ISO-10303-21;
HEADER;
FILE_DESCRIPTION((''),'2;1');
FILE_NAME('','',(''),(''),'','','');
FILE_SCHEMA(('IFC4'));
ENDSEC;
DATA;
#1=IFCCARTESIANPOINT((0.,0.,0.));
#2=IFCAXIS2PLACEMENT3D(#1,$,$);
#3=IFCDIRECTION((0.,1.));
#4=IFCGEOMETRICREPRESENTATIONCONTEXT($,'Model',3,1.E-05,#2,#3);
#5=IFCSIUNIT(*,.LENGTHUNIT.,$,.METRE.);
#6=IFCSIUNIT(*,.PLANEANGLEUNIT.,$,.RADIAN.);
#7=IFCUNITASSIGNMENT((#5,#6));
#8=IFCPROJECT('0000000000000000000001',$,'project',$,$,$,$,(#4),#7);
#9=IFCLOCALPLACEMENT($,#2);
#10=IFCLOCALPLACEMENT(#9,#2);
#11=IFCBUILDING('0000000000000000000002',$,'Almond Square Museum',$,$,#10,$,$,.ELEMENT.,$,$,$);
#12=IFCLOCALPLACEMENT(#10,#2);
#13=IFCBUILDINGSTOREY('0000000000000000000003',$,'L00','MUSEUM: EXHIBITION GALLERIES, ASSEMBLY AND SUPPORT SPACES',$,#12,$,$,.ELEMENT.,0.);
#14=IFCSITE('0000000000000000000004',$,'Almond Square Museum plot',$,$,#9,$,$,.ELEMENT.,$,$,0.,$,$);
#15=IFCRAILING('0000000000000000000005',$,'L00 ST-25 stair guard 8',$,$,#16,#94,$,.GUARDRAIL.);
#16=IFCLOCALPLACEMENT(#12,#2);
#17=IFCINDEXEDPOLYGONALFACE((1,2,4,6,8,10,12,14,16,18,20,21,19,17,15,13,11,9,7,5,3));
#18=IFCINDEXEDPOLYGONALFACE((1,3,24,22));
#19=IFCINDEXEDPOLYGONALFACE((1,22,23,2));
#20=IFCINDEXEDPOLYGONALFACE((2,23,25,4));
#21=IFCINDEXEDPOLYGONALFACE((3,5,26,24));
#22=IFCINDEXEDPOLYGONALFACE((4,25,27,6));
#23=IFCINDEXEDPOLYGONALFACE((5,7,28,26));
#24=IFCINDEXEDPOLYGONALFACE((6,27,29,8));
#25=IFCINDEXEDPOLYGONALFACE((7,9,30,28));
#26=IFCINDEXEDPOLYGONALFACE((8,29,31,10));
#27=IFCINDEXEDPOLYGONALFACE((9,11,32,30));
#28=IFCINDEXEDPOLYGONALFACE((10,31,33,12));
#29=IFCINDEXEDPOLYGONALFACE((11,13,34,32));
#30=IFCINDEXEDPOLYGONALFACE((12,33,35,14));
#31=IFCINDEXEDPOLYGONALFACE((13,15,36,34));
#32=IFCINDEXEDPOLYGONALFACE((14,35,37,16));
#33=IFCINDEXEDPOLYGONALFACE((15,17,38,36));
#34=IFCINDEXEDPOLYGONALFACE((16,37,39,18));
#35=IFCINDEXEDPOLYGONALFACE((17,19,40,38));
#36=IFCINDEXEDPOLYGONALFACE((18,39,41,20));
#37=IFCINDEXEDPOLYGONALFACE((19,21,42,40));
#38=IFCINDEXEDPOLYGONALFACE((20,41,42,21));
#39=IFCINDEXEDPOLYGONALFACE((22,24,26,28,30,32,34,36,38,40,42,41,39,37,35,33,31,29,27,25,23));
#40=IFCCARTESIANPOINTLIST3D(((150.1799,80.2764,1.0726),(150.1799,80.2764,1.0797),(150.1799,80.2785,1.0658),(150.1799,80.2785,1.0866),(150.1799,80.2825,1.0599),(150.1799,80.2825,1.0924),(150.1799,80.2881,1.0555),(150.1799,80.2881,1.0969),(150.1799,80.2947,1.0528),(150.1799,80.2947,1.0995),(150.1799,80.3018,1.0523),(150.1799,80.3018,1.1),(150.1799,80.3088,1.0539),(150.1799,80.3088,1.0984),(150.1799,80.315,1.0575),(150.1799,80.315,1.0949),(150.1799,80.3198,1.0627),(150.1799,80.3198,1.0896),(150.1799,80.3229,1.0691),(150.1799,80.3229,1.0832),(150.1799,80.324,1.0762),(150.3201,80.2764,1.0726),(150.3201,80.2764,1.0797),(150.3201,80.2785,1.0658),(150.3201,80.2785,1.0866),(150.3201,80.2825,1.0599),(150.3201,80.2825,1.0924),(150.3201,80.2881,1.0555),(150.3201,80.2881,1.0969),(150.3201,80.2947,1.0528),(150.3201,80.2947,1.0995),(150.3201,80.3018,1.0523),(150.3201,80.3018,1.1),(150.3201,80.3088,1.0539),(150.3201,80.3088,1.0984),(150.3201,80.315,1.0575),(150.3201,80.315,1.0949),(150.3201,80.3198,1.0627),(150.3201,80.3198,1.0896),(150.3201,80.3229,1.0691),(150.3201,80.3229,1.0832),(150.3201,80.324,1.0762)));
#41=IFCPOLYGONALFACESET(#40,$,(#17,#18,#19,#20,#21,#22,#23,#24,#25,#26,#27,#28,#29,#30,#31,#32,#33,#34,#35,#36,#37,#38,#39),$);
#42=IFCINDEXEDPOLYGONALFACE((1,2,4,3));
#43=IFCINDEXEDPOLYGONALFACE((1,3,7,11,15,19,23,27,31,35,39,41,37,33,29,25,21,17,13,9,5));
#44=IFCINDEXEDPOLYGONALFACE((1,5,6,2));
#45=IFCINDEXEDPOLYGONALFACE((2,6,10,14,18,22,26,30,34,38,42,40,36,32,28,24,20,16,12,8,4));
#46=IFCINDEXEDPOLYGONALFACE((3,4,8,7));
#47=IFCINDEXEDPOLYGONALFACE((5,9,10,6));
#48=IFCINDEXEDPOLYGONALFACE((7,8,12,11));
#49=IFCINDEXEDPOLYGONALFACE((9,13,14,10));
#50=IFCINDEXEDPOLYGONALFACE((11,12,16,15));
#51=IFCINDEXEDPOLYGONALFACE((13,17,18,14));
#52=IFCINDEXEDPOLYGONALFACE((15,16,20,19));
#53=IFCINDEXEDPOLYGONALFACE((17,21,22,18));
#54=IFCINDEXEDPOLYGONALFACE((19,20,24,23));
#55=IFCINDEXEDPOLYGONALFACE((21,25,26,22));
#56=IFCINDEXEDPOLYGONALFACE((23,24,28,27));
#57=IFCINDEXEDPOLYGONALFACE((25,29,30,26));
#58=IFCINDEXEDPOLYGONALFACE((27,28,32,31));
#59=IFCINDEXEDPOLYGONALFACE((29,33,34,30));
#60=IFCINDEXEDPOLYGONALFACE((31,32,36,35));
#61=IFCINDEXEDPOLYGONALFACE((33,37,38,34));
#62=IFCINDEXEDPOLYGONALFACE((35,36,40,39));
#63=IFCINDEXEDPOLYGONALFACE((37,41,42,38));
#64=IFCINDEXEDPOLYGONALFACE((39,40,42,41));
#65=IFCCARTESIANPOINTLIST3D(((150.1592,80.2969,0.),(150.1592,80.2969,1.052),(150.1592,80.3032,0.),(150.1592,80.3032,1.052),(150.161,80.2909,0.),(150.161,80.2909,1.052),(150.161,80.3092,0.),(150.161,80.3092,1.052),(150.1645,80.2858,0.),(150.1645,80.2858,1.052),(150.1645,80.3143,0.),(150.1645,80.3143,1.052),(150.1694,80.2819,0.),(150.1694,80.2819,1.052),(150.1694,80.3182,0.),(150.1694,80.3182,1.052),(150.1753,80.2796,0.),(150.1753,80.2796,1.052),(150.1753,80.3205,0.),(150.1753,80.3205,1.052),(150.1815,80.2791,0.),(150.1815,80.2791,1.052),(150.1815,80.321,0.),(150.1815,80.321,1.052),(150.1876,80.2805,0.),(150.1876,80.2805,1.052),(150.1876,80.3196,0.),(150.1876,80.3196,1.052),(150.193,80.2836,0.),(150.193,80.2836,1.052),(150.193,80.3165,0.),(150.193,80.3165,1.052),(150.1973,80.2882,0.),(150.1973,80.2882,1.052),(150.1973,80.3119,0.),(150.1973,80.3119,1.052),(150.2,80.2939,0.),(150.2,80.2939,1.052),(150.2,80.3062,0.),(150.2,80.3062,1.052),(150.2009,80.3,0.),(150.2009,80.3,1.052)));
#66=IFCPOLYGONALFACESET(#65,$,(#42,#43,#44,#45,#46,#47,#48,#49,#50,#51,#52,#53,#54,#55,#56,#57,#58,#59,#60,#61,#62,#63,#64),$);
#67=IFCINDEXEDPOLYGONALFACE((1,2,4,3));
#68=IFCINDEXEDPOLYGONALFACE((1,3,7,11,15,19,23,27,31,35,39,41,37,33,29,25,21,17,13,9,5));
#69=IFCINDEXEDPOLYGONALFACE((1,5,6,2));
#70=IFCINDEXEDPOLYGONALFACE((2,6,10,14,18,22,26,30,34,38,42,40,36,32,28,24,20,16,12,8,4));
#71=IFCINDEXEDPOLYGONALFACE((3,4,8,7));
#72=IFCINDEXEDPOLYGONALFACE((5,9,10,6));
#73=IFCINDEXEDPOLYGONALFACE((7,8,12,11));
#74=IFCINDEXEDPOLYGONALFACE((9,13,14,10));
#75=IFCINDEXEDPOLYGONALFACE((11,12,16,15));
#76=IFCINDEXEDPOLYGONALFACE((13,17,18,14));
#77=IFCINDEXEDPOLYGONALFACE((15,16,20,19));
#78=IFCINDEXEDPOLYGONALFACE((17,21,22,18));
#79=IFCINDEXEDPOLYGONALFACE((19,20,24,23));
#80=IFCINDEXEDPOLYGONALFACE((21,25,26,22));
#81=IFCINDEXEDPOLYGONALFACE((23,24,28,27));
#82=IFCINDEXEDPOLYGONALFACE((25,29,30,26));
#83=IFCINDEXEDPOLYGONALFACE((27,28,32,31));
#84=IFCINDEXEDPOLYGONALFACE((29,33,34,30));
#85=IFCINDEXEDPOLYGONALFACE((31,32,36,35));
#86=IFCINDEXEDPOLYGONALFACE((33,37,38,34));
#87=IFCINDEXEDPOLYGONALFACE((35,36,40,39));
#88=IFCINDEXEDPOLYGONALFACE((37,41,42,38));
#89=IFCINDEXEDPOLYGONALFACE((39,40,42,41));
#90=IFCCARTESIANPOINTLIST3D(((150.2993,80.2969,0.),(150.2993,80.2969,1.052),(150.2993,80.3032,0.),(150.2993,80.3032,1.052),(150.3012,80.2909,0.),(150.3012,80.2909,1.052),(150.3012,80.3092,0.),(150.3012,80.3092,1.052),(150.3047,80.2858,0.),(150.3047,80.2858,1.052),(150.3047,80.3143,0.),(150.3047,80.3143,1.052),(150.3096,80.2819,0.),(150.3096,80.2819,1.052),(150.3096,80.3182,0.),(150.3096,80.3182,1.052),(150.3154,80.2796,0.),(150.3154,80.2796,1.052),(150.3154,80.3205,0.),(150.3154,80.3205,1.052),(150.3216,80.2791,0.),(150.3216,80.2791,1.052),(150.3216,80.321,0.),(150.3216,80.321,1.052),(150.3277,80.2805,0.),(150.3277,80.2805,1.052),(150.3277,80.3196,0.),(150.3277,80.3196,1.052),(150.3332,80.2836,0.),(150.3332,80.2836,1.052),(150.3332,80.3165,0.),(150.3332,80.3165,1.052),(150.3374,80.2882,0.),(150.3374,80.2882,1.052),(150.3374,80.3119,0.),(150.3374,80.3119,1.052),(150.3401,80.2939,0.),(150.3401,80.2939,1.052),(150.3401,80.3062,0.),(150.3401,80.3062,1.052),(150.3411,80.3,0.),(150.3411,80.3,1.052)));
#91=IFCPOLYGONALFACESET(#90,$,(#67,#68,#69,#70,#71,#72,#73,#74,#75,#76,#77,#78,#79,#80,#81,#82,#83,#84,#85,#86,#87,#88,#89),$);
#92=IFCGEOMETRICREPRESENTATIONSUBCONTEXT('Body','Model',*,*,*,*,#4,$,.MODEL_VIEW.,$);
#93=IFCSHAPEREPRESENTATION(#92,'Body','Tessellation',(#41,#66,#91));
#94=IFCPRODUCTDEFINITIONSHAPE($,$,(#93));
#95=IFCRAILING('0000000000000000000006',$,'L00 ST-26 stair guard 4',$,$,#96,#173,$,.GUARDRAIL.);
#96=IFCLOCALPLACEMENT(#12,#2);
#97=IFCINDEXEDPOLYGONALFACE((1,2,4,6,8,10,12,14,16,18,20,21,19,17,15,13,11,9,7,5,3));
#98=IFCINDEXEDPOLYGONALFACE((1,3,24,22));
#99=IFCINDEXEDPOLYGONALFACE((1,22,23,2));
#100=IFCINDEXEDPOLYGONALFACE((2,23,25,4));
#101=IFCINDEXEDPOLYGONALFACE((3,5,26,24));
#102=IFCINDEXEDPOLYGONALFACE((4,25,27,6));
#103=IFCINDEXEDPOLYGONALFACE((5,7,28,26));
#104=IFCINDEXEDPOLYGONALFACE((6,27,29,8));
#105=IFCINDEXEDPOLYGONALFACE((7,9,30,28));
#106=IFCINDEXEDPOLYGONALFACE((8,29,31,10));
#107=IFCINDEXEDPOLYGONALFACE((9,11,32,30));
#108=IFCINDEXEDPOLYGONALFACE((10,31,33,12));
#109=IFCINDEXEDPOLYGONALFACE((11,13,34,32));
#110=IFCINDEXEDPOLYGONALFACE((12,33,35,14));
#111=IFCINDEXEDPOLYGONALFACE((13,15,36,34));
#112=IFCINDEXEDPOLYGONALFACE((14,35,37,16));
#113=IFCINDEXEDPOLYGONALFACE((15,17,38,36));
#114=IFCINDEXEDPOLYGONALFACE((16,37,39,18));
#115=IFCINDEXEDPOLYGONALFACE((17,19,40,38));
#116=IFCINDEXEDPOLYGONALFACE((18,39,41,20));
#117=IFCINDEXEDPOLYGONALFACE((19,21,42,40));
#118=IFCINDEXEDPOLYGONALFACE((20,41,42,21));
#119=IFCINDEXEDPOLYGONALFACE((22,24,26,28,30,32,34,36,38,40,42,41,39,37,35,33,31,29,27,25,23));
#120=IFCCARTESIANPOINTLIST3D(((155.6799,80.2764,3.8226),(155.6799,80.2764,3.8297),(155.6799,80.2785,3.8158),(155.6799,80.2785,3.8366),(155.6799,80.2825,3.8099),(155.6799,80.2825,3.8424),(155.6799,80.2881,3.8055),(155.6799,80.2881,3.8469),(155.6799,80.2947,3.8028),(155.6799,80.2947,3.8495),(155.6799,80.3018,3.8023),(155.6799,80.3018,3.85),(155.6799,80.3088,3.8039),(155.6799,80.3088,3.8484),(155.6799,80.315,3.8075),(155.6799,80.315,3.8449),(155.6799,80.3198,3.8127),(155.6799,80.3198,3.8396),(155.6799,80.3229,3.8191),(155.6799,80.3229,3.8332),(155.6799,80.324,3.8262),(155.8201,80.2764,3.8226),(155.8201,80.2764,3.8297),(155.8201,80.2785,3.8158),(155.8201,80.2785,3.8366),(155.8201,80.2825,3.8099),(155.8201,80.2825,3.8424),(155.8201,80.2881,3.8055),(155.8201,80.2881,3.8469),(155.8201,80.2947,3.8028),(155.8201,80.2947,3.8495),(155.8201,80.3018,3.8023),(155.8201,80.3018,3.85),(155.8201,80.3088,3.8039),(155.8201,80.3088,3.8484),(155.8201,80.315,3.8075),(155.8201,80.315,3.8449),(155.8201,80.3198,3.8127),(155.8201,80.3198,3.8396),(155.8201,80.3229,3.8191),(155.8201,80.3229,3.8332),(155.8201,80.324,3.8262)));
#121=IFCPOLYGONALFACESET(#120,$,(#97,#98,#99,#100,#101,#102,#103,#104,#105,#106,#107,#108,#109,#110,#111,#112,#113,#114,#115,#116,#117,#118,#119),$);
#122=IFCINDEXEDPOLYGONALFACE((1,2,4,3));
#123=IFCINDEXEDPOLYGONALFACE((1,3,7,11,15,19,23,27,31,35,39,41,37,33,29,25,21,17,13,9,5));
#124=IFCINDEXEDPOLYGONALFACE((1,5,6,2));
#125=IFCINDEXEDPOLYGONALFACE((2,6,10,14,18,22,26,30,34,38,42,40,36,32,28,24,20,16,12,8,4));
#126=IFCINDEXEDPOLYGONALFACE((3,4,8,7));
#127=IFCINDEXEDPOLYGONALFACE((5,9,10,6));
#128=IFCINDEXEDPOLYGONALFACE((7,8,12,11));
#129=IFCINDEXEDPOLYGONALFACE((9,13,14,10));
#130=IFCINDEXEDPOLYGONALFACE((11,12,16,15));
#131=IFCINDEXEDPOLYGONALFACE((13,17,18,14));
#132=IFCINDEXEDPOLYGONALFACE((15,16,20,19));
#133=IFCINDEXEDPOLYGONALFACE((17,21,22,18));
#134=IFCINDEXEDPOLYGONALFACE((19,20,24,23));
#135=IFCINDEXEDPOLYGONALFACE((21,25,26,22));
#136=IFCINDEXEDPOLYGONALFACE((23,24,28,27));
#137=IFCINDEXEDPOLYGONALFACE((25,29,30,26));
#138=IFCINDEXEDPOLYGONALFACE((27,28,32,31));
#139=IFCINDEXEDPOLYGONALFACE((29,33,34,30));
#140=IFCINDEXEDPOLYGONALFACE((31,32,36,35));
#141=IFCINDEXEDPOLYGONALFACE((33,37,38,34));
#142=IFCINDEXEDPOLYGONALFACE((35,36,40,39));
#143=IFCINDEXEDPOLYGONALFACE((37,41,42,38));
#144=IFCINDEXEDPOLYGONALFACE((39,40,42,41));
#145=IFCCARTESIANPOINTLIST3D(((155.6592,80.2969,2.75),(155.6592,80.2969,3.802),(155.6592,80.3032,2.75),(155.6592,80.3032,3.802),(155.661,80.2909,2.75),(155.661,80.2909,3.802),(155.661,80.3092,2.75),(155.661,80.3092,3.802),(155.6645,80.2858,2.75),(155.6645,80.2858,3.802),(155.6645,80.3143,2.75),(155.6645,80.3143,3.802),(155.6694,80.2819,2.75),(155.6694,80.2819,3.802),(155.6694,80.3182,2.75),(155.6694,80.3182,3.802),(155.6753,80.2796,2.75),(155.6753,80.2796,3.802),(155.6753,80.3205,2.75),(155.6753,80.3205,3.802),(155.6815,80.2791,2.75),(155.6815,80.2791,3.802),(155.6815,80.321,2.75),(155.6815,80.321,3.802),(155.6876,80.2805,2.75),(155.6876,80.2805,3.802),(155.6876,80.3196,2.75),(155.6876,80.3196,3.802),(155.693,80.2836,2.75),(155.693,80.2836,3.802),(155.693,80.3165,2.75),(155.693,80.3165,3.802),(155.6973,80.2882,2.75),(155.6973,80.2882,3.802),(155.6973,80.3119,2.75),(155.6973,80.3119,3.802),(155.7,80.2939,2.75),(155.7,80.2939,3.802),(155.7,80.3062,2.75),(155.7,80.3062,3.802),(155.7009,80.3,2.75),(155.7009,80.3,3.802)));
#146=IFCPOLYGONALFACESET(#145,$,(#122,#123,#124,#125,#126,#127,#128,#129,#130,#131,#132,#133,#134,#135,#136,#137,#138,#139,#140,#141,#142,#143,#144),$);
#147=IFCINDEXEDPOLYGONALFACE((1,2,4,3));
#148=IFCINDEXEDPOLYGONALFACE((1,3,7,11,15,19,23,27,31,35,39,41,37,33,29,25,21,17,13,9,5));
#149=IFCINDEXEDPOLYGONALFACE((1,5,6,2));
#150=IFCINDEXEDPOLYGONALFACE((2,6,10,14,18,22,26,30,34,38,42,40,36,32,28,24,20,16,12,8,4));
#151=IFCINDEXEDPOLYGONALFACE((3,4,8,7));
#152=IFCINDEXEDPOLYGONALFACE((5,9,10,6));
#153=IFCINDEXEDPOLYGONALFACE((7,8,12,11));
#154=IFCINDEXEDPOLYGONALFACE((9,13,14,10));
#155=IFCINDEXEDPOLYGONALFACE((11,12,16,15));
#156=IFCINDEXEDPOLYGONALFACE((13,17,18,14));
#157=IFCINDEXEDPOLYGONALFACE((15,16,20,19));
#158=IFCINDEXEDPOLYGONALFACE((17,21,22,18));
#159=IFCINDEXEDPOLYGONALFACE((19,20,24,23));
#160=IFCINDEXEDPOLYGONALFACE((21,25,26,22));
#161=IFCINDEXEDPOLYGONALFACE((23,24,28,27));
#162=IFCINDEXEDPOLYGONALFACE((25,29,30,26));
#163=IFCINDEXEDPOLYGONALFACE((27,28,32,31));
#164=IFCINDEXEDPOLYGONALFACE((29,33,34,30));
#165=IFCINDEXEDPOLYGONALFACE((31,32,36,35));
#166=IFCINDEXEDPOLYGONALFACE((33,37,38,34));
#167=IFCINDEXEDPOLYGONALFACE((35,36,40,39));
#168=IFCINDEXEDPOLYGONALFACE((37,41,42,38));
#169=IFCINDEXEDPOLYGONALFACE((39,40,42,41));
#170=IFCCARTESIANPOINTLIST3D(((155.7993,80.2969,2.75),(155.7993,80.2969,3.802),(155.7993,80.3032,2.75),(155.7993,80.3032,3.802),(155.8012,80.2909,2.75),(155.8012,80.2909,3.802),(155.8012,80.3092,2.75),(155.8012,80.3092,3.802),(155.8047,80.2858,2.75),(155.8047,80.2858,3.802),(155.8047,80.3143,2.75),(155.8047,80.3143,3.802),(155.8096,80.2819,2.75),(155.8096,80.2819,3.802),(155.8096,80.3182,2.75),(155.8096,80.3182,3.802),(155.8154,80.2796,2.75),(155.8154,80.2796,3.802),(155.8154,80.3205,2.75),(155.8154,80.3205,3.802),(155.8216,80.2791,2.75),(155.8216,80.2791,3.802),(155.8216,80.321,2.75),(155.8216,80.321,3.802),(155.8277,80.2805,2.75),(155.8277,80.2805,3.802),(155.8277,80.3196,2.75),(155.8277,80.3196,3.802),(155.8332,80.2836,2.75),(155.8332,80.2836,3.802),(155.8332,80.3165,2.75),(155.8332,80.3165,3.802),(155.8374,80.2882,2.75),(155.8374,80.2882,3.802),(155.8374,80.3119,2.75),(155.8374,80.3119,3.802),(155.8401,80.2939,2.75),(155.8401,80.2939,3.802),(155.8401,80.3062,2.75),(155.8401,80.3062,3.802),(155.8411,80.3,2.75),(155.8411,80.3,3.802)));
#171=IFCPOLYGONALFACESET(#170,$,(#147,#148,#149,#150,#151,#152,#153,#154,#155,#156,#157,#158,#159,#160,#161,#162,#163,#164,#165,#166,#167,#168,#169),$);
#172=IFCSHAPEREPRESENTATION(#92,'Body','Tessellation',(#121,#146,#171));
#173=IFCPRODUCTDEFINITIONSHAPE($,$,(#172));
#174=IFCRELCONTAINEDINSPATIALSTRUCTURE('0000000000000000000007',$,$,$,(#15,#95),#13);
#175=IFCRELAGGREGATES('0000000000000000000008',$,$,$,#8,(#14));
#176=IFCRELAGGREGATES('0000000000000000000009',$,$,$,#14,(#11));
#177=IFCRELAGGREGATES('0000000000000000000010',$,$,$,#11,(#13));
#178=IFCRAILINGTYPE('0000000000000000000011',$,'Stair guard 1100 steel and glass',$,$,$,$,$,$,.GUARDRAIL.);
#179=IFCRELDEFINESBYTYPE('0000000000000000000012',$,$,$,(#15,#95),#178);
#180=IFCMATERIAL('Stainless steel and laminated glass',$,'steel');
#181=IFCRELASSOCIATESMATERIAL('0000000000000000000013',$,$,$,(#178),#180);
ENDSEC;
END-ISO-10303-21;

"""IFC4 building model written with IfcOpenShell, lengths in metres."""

from ifc_helpers import new_model, si_unit, direction, frame, origin, origin_2d, place, context, subcontext, project, spatial, circle, extrude, material, type_object, element, save


model = new_model("IFC4")

# Units and contexts
model_context = context("Model", 3, precision=1e-05, world=origin(), true_north=direction((0.0, 1.0)))
body_context = subcontext(model_context, "Body", "Model", "MODEL_VIEW")
ifc_project = project(units=[si_unit("LENGTHUNIT", "METRE"), si_unit("PLANEANGLEUNIT", "RADIAN")], contexts=[model_context])

# Site, building, storey
site_placement = place(None, origin())
site = spatial("IfcSite", under=ifc_project, at=site_placement, Name="Almond Square Museum plot", CompositionType="ELEMENT", RefElevation=0.0)
building_placement = place(site_placement, origin())
building = spatial("IfcBuilding", under=site, at=building_placement, Name="Almond Square Museum", CompositionType="ELEMENT")
storey_placement = place(building_placement, origin())
storey = spatial("IfcBuildingStorey", under=building, at=storey_placement, Name="L00", Description="MUSEUM: EXHIBITION GALLERIES, ASSEMBLY AND SUPPORT SPACES", CompositionType="ELEMENT", Elevation=0.0)

# Railings
ifc_material_1 = material(Name="Stainless steel and laminated glass", Category="steel")
railing_type_1 = type_object("IfcRailingType", Name="Stair guard 1100 steel and glass", PredefinedType="GUARDRAIL", material=ifc_material_1)
for number, where, name in (
    (1, (150.1799, 80.3, 0.0), "L00 ST-25 stair guard 8"),
    (2, (155.6799, 80.3, 2.75), "L00 ST-26 stair guard 4"),
):
    element("IfcRailing", number, at=place(storey_placement, frame(where)), inside=storey, type_object=railing_type_1, Name=name, PredefinedType="GUARDRAIL", context=body_context, shape_type="SweptSolid", body=[
        extrude(circle(Radius=0.0239, at=origin_2d()), frame((0.0, 0.0, 1.0762), z_axis=(1.0, 0.0, 0.0), x_axis=(0.0, 1.0, 0.0)), (0.0, 0.0, 1.0), 0.1401),
        extrude(circle(Radius=0.021, at=origin_2d()), origin(), (0.0, 0.0, 1.0), 1.052),
        extrude(circle(Radius=0.021, at=origin_2d()), frame((0.1401, 0.0, 0.0)), (0.0, 0.0, 1.0), 1.052),
    ])

save(model, "model.ifc")
